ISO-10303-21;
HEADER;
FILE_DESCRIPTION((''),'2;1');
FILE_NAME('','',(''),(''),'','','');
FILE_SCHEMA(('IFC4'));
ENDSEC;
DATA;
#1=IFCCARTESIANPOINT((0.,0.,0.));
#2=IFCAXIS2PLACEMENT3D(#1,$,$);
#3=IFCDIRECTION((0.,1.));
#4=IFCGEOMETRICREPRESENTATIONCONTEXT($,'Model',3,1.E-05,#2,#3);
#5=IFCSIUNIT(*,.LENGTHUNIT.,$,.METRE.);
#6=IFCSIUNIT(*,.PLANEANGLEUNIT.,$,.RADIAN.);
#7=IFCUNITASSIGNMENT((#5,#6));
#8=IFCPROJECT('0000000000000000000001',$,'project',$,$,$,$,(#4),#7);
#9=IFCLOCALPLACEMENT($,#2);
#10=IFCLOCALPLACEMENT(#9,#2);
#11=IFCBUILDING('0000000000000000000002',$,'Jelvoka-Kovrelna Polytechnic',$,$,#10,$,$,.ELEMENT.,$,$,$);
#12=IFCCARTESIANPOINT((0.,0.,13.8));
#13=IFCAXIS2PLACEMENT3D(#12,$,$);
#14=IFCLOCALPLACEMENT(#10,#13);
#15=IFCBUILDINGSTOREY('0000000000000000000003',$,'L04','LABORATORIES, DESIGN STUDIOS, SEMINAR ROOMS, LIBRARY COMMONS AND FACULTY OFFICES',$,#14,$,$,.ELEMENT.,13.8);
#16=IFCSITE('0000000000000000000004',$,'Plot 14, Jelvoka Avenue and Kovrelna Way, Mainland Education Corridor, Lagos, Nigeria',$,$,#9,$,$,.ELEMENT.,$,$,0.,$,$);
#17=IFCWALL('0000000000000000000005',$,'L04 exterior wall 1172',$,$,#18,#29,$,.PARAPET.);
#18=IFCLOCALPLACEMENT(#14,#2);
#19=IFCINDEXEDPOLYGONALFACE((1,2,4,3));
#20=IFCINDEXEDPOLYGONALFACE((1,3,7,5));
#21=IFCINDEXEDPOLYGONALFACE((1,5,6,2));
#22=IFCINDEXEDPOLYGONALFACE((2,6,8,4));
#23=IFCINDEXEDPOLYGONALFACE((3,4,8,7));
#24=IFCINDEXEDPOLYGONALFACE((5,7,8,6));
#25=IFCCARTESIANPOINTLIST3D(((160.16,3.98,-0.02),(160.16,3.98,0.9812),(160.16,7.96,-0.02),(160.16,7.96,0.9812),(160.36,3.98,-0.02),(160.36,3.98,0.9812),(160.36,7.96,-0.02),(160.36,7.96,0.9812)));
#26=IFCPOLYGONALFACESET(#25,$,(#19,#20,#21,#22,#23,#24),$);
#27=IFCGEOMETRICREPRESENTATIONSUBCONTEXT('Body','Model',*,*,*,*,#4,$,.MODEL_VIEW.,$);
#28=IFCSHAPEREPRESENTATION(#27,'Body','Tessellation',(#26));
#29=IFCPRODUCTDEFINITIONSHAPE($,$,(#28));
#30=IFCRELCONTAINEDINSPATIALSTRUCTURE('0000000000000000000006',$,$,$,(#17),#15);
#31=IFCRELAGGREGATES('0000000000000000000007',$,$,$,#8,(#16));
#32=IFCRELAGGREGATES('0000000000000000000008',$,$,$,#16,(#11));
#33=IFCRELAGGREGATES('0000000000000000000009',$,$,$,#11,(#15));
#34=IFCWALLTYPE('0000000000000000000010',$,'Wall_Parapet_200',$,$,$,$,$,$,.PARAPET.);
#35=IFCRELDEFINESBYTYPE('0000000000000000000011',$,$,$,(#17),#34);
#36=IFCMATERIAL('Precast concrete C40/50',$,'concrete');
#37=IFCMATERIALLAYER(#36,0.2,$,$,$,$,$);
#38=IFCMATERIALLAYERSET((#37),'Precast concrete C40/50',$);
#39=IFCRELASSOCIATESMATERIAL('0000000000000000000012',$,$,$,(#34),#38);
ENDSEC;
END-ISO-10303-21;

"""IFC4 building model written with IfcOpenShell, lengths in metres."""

from ifc_helpers import new_model, si_unit, direction, frame, frame_2d, origin, place, context, subcontext, project, spatial, rectangle, extrude, material, layer, layer_set, type_object, element, save


model = new_model("IFC4")

# Units and contexts
model_context = context("Model", 3, precision=1e-05, world=origin(), true_north=direction((0.0, 1.0)))
body_context = subcontext(model_context, "Body", "Model", "MODEL_VIEW")
ifc_project = project(units=[si_unit("LENGTHUNIT", "METRE"), si_unit("PLANEANGLEUNIT", "RADIAN")], contexts=[model_context])

# Site, building, storey
site_placement = place(None, origin())
site = spatial("IfcSite", under=ifc_project, at=site_placement, Name="Plot 14, Jelvoka Avenue and Kovrelna Way, Mainland Education Corridor, Lagos, Nigeria", CompositionType="ELEMENT", RefElevation=0.0)
building_placement = place(site_placement, origin())
building = spatial("IfcBuilding", under=site, at=building_placement, Name="Jelvoka-Kovrelna Polytechnic", CompositionType="ELEMENT")
storey_placement = place(building_placement, frame((0.0, 0.0, 13.8)))
storey = spatial("IfcBuildingStorey", under=building, at=storey_placement, Name="L04", Description="LABORATORIES, DESIGN STUDIOS, SEMINAR ROOMS, LIBRARY COMMONS AND FACULTY OFFICES", CompositionType="ELEMENT", Elevation=13.8)

# Wall
ifc_material_1 = material(Name="Precast concrete C40/50", Category="concrete")
ifc_layer_1 = layer(ifc_material_1, 0.2)
ifc_layer_set_1 = layer_set([ifc_layer_1], Name="Precast concrete C40/50")
wall_type = type_object("IfcWallType", Name="Wall_Parapet_200", PredefinedType="PARAPET", material=ifc_layer_set_1)
wall_1_placement = place(storey_placement, frame((160.26, 3.98, -0.02), z_axis=(0.0, 0.0, 1.0), x_axis=(0.0, 1.0, 0.0)))
element("IfcWall", 1, at=wall_1_placement, inside=storey, type_object=wall_type, Name="L04 exterior wall 1172", PredefinedType="PARAPET", context=body_context, shape_type="SweptSolid", body=[
    extrude(rectangle(XDim=3.98, YDim=0.2, at=frame_2d((1.99, 0.0))), origin(), (0.0, 0.0, 1.0), 1.0012),
])

save(model, "model.ifc")
